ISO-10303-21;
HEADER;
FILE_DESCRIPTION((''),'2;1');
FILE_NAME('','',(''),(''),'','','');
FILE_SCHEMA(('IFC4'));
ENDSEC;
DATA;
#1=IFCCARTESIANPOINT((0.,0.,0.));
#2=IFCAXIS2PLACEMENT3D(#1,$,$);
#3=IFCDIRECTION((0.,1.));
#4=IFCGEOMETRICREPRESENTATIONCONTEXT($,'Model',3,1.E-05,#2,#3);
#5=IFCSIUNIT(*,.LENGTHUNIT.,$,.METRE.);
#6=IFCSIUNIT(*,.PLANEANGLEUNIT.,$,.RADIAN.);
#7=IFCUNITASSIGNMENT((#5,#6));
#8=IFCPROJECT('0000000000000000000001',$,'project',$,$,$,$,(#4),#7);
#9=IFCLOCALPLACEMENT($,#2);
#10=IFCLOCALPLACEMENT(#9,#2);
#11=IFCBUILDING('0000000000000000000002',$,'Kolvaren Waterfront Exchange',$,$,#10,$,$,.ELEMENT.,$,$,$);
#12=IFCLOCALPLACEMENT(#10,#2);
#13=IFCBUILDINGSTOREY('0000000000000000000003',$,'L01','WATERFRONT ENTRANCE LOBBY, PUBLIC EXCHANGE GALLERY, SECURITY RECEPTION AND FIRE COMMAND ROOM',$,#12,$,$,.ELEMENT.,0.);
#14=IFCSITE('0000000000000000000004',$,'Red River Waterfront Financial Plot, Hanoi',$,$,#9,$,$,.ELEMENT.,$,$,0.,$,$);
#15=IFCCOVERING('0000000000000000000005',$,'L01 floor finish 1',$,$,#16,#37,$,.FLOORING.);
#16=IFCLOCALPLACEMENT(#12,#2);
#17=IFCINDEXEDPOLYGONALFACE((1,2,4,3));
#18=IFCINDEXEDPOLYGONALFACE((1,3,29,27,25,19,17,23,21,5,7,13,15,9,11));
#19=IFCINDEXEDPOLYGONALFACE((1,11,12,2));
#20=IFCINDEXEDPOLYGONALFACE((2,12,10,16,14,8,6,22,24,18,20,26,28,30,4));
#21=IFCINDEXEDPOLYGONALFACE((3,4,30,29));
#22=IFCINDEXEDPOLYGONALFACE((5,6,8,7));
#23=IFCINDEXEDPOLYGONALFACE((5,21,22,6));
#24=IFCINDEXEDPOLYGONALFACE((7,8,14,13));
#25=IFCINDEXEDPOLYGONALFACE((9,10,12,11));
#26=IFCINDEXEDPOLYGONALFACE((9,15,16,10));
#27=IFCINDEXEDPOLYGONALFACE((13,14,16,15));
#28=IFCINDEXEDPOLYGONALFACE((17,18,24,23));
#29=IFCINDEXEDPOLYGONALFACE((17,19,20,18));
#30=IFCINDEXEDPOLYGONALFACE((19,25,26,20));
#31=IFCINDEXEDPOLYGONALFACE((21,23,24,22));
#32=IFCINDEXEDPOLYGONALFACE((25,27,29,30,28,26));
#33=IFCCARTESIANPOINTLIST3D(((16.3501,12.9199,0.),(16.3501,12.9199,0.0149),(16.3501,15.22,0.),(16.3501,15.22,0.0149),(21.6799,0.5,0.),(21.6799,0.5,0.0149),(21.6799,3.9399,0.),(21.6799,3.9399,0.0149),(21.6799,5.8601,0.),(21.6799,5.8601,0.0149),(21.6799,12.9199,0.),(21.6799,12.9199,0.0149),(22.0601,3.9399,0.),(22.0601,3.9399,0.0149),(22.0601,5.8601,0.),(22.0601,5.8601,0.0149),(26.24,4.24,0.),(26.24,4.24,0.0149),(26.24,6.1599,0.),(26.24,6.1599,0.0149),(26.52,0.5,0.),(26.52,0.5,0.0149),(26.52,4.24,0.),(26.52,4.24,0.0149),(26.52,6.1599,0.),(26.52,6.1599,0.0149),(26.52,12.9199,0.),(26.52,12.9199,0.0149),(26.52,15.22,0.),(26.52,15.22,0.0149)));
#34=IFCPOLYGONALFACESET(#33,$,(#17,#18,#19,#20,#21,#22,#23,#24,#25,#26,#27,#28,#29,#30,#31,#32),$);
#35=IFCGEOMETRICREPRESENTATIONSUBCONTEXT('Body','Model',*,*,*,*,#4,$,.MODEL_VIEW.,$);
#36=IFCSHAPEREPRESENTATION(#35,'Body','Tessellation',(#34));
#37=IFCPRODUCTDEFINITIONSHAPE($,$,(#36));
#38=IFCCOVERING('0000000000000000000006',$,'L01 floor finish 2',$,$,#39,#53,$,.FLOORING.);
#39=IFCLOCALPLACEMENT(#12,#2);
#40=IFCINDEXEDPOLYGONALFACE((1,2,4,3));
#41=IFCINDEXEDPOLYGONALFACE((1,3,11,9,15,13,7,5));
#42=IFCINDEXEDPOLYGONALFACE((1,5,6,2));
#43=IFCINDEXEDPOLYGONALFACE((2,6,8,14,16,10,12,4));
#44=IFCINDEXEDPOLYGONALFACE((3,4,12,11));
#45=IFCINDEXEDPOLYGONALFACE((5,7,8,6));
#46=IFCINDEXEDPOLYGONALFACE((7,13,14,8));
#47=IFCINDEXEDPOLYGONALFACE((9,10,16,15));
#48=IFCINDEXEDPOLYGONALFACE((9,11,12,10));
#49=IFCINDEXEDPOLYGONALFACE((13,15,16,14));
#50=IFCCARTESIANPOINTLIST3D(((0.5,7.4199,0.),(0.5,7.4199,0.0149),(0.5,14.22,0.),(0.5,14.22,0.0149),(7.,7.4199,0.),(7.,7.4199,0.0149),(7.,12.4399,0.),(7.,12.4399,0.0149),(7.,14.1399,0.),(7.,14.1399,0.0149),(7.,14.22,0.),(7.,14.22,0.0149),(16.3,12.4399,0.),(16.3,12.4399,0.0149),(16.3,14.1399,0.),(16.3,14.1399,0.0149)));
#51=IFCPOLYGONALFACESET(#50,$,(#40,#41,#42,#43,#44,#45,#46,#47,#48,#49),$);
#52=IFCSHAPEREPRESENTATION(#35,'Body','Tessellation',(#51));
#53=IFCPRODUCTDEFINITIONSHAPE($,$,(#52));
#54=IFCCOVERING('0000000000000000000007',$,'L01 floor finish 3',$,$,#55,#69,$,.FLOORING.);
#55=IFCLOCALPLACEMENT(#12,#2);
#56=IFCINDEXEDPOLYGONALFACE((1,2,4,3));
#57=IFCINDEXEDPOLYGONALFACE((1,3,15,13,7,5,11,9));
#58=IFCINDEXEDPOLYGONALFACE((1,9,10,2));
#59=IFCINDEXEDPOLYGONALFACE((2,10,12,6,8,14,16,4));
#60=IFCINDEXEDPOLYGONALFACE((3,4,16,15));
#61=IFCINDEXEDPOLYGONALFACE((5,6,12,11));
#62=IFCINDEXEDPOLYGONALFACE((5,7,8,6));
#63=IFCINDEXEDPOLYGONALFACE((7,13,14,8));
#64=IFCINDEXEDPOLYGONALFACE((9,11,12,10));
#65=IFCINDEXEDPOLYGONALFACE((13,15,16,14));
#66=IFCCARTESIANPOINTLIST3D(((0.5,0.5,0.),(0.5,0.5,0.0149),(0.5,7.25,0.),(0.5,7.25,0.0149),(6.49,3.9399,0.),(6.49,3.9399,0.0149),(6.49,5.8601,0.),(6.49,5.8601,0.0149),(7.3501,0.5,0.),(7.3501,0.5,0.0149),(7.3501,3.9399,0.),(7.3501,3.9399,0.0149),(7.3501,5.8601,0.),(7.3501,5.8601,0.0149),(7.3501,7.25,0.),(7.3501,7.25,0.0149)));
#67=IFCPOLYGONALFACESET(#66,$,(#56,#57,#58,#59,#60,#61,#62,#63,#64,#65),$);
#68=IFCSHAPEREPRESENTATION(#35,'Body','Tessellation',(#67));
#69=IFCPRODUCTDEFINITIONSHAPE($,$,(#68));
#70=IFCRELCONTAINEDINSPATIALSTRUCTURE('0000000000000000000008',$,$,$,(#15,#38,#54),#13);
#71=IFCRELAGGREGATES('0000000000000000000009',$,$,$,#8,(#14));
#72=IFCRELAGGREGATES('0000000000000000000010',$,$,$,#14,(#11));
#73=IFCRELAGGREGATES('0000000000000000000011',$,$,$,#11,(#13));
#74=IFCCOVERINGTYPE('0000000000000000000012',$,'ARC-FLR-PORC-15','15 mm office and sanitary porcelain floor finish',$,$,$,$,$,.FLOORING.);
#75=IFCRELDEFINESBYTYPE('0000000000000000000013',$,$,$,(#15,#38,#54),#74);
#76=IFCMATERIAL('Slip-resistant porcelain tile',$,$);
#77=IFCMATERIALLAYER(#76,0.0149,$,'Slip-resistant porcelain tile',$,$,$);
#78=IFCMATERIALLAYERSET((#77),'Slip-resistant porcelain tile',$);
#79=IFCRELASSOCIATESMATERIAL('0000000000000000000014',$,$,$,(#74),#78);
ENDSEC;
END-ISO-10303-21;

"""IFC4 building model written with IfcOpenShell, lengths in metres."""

from ifc_helpers import new_model, si_unit, direction, origin, place, context, subcontext, project, spatial, polyline, outline, extrude, material, layer, layer_set, type_object, element, save


model = new_model("IFC4")

# Units and contexts
model_context = context("Model", 3, precision=1e-05, world=origin(), true_north=direction((0.0, 1.0)))
body_context = subcontext(model_context, "Body", "Model", "MODEL_VIEW")
ifc_project = project(units=[si_unit("LENGTHUNIT", "METRE"), si_unit("PLANEANGLEUNIT", "RADIAN")], contexts=[model_context])

# Site, building, storey
site_placement = place(None, origin())
site = spatial("IfcSite", under=ifc_project, at=site_placement, Name="Red River Waterfront Financial Plot, Hanoi", CompositionType="ELEMENT", RefElevation=0.0)
building_placement = place(site_placement, origin())
building = spatial("IfcBuilding", under=site, at=building_placement, Name="Kolvaren Waterfront Exchange", CompositionType="ELEMENT")
storey_placement = place(building_placement, origin())
storey = spatial("IfcBuildingStorey", under=building, at=storey_placement, Name="L01", Description="WATERFRONT ENTRANCE LOBBY, PUBLIC EXCHANGE GALLERY, SECURITY RECEPTION AND FIRE COMMAND ROOM", CompositionType="ELEMENT", Elevation=0.0)

# Coverings
ifc_material_1 = material(Name="Slip-resistant porcelain tile")
ifc_layer_1 = layer(ifc_material_1, 0.0149, Name="Slip-resistant porcelain tile")
ifc_layer_set_1 = layer_set([ifc_layer_1], Name="Slip-resistant porcelain tile")
covering_type_1 = type_object("IfcCoveringType", Name="ARC-FLR-PORC-15", Description="15 mm office and sanitary porcelain floor finish", PredefinedType="FLOORING", material=ifc_layer_set_1)
covering_1_placement = place(storey_placement, origin())
element("IfcCovering", 1, at=covering_1_placement, inside=storey, type_object=covering_type_1, Name="L01 floor finish 1", PredefinedType="FLOORING", context=body_context, shape_type="SweptSolid", body=[
    extrude(outline(polyline([(26.52, 15.22), (16.3501, 15.22), (16.3501, 12.9199), (21.6799, 12.9199), (21.6799, 5.8601), (22.0601, 5.8601), (22.0601, 3.9399), (21.6799, 3.9399), (21.6799, 0.5), (26.52, 0.5), (26.52, 4.24), (26.24, 4.24), (26.24, 6.1599), (26.52, 6.1599), (26.52, 12.9199), (26.52, 15.22)])), origin(), (0.0, 0.0, 1.0), 0.0149),
])
covering_2_placement = place(storey_placement, origin())
element("IfcCovering", 2, at=covering_2_placement, inside=storey, type_object=covering_type_1, Name="L01 floor finish 2", PredefinedType="FLOORING", context=body_context, shape_type="SweptSolid", body=[
    extrude(outline(polyline([(0.5, 14.22), (0.5, 7.4199), (7.0, 7.4199), (7.0, 12.4399), (16.3, 12.4399), (16.3, 14.1399), (7.0, 14.1399), (7.0, 14.22), (0.5, 14.22)])), origin(), (0.0, 0.0, 1.0), 0.0149),
])
covering_3_placement = place(storey_placement, origin())
element("IfcCovering", 3, at=covering_3_placement, inside=storey, type_object=covering_type_1, Name="L01 floor finish 3", PredefinedType="FLOORING", context=body_context, shape_type="SweptSolid", body=[
    extrude(outline(polyline([(0.5, 7.25), (0.5, 0.5), (7.3501, 0.5), (7.3501, 3.9399), (6.49, 3.9399), (6.49, 5.8601), (7.3501, 5.8601), (7.3501, 7.25), (0.5, 7.25)])), origin(), (0.0, 0.0, 1.0), 0.0149),
])

save(model, "model.ifc")
